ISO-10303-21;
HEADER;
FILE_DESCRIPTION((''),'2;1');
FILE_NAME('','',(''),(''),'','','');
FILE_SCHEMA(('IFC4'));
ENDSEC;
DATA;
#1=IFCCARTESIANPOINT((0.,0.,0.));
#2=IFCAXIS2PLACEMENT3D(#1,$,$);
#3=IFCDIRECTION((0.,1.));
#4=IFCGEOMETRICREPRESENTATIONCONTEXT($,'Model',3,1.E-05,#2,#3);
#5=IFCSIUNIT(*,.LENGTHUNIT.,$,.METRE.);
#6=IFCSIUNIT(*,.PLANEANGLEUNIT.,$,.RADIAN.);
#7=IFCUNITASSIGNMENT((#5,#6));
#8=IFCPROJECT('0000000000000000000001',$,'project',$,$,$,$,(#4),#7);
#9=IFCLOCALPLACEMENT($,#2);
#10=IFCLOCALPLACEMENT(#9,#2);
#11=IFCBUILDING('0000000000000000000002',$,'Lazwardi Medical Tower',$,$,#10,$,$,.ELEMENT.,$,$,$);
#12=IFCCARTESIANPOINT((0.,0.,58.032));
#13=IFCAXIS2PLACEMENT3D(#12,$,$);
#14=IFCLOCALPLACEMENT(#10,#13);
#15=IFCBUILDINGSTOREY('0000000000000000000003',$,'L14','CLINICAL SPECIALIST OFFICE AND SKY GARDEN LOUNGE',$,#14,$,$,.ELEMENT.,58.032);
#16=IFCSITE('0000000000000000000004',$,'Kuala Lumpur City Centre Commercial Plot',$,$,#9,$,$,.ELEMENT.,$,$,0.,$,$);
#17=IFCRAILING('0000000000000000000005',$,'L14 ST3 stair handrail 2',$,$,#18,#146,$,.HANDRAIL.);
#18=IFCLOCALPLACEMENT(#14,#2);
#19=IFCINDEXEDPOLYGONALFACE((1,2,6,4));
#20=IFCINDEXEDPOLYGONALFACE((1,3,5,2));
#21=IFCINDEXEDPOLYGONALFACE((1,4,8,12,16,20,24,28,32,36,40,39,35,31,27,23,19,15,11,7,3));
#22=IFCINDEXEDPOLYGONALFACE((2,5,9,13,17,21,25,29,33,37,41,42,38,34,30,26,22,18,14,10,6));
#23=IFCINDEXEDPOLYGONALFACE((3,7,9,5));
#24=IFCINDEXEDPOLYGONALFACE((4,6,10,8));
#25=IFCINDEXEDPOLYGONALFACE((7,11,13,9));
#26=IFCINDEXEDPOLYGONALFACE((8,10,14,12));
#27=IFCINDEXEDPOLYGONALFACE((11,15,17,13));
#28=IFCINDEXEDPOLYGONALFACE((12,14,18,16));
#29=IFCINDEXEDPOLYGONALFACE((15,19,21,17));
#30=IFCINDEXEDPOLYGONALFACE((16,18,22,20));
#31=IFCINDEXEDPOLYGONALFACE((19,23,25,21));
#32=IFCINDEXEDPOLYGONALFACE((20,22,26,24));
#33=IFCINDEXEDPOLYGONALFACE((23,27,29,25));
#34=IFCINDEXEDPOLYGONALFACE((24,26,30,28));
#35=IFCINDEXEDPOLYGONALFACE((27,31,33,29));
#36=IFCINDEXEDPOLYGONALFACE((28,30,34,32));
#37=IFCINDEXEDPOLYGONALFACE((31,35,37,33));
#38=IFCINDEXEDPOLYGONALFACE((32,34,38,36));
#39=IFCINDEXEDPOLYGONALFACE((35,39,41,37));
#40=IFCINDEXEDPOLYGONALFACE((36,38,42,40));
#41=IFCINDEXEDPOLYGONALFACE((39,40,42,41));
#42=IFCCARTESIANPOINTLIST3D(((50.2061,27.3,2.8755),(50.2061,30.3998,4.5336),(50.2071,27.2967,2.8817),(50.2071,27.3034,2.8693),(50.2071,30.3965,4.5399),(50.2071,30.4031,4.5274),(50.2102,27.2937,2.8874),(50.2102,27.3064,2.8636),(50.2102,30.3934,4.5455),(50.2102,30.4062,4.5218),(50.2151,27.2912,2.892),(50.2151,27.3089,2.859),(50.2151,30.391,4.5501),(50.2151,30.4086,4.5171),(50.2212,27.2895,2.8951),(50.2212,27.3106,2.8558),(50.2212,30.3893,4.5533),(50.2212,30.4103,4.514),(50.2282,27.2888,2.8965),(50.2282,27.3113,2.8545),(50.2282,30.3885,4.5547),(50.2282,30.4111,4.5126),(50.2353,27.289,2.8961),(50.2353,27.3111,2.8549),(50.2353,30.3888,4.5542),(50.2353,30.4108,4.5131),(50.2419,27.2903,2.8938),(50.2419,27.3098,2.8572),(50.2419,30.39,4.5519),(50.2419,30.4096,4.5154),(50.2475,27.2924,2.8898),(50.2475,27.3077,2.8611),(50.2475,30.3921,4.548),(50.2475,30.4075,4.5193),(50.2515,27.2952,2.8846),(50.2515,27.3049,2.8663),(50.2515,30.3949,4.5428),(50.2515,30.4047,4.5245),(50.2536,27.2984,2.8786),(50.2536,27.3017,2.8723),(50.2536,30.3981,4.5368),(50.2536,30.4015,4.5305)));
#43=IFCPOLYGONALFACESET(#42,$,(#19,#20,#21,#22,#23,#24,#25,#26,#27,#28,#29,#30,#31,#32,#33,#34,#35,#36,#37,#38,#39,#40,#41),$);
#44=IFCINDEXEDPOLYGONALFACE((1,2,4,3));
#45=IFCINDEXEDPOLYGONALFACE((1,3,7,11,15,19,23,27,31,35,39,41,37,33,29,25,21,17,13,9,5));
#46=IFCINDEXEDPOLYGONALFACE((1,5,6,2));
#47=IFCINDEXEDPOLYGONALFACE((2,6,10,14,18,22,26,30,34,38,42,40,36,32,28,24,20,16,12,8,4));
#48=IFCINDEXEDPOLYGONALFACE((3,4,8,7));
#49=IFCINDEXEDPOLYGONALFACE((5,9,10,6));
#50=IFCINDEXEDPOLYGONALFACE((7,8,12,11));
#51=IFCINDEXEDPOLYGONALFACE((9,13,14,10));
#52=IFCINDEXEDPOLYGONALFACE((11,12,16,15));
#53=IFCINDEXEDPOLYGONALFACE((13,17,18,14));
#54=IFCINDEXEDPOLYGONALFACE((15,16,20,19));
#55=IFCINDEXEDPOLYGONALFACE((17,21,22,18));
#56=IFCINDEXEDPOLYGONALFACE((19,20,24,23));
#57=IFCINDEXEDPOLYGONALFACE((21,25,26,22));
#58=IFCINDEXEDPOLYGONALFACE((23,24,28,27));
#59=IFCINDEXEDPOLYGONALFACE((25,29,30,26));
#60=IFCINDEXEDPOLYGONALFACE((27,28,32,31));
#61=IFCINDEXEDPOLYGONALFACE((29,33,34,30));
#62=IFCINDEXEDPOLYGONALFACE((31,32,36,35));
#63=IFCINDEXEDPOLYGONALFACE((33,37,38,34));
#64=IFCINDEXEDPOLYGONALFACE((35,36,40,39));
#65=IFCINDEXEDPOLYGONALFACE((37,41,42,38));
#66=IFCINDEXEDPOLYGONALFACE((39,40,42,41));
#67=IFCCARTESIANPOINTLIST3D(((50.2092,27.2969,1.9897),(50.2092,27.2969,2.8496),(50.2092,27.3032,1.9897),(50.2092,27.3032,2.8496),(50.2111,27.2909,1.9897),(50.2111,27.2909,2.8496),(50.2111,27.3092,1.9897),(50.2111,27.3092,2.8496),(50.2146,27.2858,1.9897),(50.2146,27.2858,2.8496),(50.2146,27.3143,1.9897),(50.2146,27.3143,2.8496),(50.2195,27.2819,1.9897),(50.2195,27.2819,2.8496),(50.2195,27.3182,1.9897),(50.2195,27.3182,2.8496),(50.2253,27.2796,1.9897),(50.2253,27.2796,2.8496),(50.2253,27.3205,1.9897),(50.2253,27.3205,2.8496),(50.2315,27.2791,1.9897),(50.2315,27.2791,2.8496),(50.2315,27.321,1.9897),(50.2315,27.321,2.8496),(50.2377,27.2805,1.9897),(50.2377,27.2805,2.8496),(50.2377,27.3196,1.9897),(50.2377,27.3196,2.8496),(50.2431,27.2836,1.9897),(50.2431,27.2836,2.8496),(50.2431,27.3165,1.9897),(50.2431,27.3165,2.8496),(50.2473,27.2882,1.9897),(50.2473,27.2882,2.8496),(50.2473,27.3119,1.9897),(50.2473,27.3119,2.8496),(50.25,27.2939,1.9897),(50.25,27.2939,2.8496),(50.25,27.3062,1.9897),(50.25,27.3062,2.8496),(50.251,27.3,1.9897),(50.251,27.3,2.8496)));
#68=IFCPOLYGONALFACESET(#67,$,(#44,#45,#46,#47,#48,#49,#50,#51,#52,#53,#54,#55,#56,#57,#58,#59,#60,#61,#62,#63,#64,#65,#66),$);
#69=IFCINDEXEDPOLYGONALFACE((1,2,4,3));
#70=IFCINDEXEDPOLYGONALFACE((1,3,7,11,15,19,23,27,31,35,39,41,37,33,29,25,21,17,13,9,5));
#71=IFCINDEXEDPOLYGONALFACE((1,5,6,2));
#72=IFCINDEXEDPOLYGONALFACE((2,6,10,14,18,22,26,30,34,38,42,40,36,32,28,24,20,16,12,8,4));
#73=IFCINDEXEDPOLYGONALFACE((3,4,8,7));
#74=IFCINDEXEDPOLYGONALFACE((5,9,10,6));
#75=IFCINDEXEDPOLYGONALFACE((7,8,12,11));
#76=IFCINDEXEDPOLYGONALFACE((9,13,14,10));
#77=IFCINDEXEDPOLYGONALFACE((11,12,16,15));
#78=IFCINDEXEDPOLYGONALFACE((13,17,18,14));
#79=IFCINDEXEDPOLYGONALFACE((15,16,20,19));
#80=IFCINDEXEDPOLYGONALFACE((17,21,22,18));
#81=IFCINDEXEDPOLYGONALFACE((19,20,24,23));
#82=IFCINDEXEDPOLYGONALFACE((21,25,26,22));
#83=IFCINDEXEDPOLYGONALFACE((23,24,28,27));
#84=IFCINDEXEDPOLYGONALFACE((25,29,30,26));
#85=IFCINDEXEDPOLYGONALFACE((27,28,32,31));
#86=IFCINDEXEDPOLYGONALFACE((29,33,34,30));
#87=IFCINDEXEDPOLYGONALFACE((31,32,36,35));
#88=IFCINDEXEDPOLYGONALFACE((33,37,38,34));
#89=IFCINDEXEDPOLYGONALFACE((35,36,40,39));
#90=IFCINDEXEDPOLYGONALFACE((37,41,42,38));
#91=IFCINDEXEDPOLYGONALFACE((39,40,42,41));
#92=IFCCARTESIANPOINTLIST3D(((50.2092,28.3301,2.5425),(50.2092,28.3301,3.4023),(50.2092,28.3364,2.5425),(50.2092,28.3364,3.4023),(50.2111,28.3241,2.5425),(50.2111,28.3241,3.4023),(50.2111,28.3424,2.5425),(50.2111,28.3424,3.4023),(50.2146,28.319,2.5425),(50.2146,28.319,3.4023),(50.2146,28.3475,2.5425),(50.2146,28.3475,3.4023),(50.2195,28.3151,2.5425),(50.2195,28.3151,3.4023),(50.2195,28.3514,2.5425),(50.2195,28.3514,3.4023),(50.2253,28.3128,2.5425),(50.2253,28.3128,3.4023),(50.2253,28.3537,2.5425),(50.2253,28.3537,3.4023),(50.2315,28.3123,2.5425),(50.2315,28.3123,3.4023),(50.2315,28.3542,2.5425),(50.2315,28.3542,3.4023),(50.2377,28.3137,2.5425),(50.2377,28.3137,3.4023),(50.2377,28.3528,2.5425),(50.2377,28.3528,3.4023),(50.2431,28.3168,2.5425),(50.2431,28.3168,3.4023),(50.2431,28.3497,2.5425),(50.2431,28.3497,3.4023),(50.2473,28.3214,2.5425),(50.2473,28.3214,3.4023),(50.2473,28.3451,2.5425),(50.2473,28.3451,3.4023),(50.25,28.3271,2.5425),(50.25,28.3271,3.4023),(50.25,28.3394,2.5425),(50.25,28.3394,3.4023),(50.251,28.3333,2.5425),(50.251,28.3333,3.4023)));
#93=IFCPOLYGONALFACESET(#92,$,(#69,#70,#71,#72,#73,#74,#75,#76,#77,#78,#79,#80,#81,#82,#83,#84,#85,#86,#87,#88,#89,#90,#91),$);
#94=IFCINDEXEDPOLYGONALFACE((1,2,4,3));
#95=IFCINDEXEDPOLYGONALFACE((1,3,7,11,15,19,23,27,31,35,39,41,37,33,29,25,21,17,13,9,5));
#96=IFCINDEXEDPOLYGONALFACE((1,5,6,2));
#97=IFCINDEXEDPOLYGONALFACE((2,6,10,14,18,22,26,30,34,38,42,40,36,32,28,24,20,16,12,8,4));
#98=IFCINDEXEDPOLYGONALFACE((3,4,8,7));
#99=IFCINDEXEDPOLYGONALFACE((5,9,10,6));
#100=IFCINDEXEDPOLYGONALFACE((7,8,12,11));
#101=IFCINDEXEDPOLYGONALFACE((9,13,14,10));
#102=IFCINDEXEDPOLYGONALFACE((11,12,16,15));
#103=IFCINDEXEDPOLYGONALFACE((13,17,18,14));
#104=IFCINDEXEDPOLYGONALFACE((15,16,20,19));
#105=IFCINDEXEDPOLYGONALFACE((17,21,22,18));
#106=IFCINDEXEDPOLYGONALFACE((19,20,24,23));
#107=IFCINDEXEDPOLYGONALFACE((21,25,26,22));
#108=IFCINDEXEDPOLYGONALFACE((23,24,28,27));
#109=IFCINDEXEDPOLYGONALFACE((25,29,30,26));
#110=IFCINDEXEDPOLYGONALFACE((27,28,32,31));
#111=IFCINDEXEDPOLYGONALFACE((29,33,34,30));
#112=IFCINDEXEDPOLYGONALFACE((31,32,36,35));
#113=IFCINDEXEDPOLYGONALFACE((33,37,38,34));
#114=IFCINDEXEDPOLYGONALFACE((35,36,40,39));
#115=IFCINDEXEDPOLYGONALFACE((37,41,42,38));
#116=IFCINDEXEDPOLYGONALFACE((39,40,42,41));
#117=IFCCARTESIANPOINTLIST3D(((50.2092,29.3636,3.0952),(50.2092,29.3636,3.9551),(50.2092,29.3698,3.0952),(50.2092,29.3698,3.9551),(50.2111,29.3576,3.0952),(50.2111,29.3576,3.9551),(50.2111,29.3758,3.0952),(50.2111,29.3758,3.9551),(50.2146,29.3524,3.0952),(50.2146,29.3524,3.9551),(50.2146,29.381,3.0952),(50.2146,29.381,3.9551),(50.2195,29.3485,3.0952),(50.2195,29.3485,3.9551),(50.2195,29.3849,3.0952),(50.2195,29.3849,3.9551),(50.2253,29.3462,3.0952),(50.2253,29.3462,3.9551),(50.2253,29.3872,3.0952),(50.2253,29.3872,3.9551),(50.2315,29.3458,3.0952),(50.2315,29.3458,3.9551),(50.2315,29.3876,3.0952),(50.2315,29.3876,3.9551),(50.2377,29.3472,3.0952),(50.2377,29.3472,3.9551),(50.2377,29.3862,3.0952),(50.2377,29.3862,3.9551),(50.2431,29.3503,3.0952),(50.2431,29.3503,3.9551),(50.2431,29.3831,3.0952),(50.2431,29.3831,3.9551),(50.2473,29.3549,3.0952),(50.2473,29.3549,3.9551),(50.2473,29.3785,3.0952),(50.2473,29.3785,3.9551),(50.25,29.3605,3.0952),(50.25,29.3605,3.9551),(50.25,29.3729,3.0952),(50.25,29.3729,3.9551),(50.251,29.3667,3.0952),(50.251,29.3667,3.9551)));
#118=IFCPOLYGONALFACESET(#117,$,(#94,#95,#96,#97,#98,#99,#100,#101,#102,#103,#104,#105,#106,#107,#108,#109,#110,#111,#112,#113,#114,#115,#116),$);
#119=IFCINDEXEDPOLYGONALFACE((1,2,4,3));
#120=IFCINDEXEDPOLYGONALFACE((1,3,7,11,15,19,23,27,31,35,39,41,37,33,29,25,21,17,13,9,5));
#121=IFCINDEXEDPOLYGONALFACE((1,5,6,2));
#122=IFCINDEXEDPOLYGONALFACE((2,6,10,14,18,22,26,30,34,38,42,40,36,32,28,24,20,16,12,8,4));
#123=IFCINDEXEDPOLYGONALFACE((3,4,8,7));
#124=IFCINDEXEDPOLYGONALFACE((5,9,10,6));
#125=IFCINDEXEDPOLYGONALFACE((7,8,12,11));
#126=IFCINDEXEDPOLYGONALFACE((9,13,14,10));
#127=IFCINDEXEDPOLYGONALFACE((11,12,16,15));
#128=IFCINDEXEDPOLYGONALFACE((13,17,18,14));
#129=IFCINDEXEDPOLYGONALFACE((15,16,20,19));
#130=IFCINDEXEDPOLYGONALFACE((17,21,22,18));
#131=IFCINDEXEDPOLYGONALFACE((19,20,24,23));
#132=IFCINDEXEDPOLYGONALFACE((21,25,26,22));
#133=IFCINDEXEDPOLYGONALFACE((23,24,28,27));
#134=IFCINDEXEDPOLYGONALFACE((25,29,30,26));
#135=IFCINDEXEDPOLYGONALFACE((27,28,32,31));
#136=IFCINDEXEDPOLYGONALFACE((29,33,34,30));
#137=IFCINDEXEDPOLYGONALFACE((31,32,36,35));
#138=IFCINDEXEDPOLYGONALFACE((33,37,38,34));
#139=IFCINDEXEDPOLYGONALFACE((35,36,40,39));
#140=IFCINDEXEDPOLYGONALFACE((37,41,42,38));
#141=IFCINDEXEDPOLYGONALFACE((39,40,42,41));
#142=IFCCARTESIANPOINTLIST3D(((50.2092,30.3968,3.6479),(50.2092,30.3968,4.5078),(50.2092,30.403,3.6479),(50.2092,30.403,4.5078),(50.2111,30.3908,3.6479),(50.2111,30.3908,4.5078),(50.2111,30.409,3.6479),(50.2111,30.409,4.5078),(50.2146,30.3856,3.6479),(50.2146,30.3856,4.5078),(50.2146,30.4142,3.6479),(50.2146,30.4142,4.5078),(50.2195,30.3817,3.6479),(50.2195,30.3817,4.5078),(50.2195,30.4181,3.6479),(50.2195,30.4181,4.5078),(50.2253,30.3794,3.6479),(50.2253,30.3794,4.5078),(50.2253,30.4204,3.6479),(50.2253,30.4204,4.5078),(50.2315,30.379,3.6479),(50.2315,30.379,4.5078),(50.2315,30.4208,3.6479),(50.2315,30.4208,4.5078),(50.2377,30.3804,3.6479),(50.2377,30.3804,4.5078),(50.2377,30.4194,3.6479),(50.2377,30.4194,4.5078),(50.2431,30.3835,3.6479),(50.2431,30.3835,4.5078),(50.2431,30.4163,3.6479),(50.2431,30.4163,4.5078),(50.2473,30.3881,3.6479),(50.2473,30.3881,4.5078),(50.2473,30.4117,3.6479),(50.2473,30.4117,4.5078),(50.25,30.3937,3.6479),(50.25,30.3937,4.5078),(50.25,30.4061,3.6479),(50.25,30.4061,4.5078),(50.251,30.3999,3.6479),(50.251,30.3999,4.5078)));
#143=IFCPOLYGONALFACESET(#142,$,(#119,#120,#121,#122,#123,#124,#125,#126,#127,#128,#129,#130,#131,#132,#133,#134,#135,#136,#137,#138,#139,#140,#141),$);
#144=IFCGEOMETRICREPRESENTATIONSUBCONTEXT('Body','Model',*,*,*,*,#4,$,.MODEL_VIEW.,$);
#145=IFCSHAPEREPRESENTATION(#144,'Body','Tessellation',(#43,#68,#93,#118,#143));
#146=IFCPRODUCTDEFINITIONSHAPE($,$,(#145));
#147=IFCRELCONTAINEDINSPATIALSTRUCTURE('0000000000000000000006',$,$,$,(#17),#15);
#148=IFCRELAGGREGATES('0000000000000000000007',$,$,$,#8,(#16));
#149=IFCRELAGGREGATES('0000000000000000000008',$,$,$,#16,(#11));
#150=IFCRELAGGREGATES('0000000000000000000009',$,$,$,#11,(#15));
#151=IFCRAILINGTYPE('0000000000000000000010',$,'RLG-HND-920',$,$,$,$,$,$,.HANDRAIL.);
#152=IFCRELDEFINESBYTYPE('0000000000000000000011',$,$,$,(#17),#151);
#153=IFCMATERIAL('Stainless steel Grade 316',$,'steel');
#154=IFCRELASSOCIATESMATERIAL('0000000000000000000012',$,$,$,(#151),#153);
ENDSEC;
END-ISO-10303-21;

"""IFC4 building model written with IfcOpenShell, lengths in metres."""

from ifc_helpers import new_model, si_unit, direction, frame, origin, origin_2d, place, context, subcontext, project, spatial, circle, extrude, material, type_object, element, save


model = new_model("IFC4")

# Units and contexts
model_context = context("Model", 3, precision=1e-05, world=origin(), true_north=direction((0.0, 1.0)))
body_context = subcontext(model_context, "Body", "Model", "MODEL_VIEW")
ifc_project = project(units=[si_unit("LENGTHUNIT", "METRE"), si_unit("PLANEANGLEUNIT", "RADIAN")], contexts=[model_context])

# Site, building, storey
site_placement = place(None, origin())
site = spatial("IfcSite", under=ifc_project, at=site_placement, Name="Kuala Lumpur City Centre Commercial Plot", CompositionType="ELEMENT", RefElevation=0.0)
building_placement = place(site_placement, origin())
building = spatial("IfcBuilding", under=site, at=building_placement, Name="Lazwardi Medical Tower", CompositionType="ELEMENT")
storey_placement = place(building_placement, frame((0.0, 0.0, 58.032)))
storey = spatial("IfcBuildingStorey", under=building, at=storey_placement, Name="L14", Description="CLINICAL SPECIALIST OFFICE AND SKY GARDEN LOUNGE", CompositionType="ELEMENT", Elevation=58.032)

# Railing
ifc_material_1 = material(Name="Stainless steel Grade 316", Category="steel")
railing_type = type_object("IfcRailingType", Name="RLG-HND-920", PredefinedType="HANDRAIL", material=ifc_material_1)
railing_placement = place(storey_placement, frame((50.23, 27.3, 1.9897)))
element("IfcRailing", 1, at=railing_placement, inside=storey, type_object=railing_type, Name="L14 ST3 stair handrail 2", PredefinedType="HANDRAIL", context=body_context, shape_type="SweptSolid", body=[
    extrude(circle(Radius=0.0239, at=origin_2d()), frame((0.0, 0.0, 0.8857), z_axis=(0.0, 0.881768, 0.471684), x_axis=(-1.0, 0.0, 0.0)), (0.0, 0.0, 1.0), 3.5154),
    extrude(circle(Radius=0.021, at=origin_2d()), origin(), (0.0, 0.0, 1.0), 0.8599),
    extrude(circle(Radius=0.021, at=origin_2d()), frame((0.0, 1.0332, 0.5527)), (0.0, 0.0, 1.0), 0.8599),
    extrude(circle(Radius=0.021, at=origin_2d()), frame((0.0, 2.0667, 1.1055)), (0.0, 0.0, 1.0), 0.8599),
    extrude(circle(Radius=0.021, at=origin_2d()), frame((0.0, 3.0999, 1.6582)), (0.0, 0.0, 1.0), 0.8599),
])

save(model, "model.ifc")
